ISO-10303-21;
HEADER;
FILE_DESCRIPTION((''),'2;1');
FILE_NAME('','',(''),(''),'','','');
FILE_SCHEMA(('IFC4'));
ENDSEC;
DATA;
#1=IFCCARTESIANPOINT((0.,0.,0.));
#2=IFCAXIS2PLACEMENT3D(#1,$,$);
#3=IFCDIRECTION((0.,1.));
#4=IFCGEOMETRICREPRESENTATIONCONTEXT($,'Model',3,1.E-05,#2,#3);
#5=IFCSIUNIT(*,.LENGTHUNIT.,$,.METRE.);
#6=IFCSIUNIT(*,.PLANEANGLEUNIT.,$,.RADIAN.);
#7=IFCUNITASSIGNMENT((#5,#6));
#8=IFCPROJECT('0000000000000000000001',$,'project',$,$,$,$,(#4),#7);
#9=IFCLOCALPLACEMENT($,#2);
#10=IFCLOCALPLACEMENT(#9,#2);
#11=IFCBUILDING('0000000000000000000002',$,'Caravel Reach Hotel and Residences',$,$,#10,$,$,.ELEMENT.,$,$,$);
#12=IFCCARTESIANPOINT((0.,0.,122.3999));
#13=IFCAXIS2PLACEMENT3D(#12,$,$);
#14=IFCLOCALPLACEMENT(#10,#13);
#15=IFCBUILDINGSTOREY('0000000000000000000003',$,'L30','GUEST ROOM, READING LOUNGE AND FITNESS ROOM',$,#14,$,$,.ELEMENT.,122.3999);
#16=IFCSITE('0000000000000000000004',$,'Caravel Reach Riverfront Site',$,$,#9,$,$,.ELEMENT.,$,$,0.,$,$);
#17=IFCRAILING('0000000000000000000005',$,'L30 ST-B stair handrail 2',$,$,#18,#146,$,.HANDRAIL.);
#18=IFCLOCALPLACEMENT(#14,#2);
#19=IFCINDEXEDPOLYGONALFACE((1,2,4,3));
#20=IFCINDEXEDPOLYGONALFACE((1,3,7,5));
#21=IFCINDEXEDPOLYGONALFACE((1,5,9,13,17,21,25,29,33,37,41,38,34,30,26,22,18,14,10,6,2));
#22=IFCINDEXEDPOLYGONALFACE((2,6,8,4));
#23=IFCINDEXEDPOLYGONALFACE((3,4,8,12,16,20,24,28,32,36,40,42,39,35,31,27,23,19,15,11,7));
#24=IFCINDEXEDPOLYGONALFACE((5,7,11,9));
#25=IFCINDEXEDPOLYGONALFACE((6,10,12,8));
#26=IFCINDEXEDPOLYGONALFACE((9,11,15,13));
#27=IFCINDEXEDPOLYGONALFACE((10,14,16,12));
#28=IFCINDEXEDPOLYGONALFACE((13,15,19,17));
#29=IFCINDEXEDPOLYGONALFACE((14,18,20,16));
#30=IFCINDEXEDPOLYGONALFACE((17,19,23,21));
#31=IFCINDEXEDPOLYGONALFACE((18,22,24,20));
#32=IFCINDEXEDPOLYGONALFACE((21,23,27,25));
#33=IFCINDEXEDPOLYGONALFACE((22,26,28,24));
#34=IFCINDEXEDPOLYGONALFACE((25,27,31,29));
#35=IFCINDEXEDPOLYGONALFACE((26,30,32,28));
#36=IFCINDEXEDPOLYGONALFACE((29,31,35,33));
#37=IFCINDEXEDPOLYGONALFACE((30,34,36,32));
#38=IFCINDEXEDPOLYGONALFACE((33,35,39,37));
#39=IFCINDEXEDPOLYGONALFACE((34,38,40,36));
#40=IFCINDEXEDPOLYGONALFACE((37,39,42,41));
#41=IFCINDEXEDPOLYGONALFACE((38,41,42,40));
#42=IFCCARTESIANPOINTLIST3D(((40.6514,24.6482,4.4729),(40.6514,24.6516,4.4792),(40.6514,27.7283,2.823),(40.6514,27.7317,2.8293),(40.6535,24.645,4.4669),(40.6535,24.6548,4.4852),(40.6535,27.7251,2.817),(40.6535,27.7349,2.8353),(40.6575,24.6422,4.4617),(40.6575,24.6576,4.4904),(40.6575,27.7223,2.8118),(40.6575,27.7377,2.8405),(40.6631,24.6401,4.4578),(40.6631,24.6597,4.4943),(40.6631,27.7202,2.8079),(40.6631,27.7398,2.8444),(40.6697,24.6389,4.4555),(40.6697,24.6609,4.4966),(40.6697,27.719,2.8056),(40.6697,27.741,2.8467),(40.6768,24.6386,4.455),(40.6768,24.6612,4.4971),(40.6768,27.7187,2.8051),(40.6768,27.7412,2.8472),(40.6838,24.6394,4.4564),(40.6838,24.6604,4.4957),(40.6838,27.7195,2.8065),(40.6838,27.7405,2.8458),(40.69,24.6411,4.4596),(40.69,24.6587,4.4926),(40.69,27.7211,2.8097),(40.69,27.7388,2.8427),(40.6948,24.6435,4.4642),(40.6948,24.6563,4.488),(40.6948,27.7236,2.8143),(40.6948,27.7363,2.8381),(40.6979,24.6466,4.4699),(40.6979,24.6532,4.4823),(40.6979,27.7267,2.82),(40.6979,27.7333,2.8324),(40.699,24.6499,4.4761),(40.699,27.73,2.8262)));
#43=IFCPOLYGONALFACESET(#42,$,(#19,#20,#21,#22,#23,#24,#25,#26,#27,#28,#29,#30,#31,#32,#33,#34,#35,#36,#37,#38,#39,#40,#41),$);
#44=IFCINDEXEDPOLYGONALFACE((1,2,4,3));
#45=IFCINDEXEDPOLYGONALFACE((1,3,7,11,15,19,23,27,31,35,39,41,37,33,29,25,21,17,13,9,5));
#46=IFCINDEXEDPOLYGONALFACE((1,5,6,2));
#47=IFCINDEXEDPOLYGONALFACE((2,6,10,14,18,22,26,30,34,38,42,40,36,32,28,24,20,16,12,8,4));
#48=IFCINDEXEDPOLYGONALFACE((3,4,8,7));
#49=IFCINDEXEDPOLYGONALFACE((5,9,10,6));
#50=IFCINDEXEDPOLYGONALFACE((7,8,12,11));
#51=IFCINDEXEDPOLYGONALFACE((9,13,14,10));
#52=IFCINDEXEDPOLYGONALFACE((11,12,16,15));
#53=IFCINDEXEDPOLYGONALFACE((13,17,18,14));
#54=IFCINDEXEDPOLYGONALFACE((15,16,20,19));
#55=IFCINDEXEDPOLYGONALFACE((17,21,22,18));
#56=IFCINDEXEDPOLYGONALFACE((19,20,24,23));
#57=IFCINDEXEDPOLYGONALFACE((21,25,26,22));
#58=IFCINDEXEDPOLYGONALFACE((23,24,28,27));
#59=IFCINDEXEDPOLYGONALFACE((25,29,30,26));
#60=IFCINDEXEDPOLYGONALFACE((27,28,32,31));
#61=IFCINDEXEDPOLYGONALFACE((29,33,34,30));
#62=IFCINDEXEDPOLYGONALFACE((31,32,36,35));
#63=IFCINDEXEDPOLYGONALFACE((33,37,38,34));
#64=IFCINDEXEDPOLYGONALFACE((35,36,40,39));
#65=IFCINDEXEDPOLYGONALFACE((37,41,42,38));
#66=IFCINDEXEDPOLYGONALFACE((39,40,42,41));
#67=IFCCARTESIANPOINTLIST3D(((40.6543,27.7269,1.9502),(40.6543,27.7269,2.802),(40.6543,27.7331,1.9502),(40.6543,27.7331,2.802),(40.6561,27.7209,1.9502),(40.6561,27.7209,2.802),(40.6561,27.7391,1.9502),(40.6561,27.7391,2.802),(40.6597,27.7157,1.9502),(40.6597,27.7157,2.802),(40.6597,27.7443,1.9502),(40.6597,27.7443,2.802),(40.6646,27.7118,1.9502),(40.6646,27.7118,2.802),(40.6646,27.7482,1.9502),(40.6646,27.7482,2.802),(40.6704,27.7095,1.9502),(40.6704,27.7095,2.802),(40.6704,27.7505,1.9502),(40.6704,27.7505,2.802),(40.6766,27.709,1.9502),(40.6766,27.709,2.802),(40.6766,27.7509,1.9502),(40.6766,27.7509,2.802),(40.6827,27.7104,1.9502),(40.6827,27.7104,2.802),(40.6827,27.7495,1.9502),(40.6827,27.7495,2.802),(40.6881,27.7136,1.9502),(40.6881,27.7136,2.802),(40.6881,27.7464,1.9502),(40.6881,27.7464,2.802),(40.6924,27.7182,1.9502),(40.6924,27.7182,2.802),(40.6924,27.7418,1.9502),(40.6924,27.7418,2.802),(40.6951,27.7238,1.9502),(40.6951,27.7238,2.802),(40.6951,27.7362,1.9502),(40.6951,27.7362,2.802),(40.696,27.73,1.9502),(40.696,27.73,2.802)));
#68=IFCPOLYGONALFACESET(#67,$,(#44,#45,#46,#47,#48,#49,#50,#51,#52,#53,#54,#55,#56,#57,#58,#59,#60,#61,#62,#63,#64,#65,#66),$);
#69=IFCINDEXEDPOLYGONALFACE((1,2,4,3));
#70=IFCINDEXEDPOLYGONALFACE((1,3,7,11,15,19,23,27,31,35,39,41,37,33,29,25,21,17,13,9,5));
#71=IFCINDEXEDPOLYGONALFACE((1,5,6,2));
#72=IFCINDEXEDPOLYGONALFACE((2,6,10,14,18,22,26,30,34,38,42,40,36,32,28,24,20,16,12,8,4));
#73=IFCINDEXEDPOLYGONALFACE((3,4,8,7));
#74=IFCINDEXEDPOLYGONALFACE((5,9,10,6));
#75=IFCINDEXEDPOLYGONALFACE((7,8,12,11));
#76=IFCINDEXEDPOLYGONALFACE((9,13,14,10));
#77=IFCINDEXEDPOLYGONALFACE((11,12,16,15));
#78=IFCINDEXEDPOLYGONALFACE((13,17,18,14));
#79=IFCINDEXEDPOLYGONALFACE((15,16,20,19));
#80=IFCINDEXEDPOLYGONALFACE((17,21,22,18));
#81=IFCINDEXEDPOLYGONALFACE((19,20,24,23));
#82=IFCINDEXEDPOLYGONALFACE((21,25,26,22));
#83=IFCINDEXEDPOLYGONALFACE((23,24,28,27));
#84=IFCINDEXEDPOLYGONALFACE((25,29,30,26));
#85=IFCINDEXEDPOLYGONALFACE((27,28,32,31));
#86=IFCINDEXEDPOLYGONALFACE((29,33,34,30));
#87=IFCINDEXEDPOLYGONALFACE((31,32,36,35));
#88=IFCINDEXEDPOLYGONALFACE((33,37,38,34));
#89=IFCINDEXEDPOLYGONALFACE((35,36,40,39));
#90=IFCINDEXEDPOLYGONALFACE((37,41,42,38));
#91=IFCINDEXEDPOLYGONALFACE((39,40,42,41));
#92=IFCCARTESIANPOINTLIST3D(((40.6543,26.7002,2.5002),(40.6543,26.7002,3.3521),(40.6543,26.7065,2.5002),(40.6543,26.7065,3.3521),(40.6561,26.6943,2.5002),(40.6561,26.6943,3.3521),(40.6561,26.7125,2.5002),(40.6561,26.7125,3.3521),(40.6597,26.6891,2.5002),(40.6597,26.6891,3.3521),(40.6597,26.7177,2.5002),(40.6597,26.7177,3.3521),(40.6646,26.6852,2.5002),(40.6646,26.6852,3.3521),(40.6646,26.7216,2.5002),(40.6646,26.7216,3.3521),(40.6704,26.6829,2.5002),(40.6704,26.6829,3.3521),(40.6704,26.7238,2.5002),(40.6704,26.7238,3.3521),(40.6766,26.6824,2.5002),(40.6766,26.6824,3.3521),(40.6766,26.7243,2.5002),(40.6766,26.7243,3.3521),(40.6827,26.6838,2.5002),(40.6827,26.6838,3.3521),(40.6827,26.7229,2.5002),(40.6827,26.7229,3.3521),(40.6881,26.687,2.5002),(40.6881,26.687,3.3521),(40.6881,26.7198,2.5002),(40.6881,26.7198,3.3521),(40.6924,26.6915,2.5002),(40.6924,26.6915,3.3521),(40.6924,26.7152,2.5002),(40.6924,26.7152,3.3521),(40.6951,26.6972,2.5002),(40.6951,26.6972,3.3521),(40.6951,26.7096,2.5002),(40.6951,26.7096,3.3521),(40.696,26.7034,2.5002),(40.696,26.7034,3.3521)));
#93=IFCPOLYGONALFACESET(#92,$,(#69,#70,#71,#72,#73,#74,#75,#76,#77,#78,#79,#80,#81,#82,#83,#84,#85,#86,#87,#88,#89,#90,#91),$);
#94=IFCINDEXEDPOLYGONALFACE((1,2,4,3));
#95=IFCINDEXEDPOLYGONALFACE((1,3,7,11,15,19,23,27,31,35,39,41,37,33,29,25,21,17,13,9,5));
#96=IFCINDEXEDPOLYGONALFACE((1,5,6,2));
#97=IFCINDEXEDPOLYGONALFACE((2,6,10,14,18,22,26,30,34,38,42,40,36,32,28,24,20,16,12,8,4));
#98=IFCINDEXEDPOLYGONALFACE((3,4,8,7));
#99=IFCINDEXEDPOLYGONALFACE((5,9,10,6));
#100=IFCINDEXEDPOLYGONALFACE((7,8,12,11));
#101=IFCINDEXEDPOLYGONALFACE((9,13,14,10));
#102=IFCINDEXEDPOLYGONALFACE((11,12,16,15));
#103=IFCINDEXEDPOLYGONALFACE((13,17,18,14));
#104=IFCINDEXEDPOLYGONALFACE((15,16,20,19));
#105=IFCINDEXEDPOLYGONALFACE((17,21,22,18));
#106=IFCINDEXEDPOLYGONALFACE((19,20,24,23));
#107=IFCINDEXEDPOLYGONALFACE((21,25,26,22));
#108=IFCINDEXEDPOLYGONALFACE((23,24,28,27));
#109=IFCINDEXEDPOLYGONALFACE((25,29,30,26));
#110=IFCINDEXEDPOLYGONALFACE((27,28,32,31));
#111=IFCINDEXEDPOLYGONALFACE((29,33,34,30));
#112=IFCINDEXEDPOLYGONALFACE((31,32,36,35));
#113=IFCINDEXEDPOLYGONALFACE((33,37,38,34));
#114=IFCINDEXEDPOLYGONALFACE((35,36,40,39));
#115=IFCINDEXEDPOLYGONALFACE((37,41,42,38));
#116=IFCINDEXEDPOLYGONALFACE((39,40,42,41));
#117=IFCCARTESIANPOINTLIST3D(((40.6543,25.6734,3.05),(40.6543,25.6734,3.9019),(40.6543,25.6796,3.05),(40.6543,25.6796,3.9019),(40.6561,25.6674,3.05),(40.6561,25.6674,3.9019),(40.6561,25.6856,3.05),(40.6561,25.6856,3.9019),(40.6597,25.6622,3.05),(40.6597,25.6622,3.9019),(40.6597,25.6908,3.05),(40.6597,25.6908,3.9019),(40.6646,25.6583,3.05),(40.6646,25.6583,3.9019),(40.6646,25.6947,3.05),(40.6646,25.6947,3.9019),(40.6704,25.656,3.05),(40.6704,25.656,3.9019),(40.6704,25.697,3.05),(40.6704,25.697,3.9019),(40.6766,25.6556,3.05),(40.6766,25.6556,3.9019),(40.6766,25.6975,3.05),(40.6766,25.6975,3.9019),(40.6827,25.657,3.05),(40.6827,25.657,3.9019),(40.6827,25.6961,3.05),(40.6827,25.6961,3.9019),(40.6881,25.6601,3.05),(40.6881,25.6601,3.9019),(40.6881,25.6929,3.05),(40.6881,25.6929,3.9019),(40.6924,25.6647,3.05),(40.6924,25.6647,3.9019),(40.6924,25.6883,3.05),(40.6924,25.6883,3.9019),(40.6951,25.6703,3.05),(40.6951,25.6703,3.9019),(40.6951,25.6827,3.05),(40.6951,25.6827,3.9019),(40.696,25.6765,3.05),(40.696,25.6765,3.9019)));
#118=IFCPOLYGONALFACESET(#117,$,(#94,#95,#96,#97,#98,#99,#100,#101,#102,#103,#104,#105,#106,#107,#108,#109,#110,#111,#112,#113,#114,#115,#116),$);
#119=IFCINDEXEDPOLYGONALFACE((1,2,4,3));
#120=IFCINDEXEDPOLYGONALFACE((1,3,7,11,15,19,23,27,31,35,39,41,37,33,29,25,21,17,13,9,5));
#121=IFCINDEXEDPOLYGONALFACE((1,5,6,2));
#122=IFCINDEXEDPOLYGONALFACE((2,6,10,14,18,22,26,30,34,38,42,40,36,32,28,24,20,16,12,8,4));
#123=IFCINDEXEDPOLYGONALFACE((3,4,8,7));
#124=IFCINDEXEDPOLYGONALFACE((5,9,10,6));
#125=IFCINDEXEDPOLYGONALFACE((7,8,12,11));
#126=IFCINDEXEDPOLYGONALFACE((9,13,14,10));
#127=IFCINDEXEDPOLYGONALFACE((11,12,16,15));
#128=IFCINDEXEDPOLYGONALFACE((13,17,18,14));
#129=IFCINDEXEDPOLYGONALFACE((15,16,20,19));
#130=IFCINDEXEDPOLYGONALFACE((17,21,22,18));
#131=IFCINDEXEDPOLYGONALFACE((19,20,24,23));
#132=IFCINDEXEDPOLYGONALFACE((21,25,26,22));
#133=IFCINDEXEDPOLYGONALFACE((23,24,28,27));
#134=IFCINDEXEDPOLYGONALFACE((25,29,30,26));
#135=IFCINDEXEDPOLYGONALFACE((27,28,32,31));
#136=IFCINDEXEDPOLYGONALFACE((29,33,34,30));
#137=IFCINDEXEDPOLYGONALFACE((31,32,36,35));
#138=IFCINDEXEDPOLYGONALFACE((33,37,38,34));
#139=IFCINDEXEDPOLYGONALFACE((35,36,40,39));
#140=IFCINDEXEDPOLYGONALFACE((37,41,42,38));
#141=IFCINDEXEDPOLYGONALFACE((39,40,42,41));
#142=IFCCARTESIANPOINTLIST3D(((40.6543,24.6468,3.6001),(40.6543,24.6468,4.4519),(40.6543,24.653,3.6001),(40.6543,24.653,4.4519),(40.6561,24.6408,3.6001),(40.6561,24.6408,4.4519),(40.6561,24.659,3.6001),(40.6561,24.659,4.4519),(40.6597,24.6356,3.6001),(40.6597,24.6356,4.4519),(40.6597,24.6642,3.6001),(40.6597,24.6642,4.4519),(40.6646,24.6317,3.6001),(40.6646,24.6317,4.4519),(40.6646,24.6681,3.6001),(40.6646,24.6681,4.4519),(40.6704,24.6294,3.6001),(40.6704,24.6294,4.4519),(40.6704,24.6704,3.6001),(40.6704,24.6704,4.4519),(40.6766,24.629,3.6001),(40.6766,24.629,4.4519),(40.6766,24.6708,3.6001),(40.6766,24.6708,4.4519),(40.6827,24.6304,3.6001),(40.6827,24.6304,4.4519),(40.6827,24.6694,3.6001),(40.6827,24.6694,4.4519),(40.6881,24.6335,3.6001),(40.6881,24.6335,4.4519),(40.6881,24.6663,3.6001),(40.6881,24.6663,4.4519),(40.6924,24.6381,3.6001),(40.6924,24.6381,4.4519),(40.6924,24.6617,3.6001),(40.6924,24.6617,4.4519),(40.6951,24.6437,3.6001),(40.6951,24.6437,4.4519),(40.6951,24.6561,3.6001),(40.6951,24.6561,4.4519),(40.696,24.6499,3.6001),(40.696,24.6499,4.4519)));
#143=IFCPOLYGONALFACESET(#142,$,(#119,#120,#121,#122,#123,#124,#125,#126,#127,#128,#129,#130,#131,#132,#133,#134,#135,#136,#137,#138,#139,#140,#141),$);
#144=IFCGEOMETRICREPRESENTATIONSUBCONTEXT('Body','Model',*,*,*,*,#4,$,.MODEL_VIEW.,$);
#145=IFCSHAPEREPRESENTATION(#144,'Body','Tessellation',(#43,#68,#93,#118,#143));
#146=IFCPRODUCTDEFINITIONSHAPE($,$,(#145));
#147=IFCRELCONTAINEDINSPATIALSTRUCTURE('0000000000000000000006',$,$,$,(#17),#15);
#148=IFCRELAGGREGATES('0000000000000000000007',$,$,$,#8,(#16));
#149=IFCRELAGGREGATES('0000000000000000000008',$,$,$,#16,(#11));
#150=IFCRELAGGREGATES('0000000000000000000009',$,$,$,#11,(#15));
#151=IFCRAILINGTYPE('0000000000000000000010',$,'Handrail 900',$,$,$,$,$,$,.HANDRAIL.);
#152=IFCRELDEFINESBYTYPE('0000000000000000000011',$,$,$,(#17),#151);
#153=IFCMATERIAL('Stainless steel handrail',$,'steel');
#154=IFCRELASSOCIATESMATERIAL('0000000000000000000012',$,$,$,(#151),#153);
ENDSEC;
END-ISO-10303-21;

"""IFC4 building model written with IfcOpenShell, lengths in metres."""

from ifc_helpers import new_model, si_unit, direction, frame, origin, origin_2d, place, context, subcontext, project, spatial, circle, extrude, material, type_object, element, save


model = new_model("IFC4")

# Units and contexts
model_context = context("Model", 3, precision=1e-05, world=origin(), true_north=direction((0.0, 1.0)))
body_context = subcontext(model_context, "Body", "Model", "MODEL_VIEW")
ifc_project = project(units=[si_unit("LENGTHUNIT", "METRE"), si_unit("PLANEANGLEUNIT", "RADIAN")], contexts=[model_context])

# Site, building, storey
site_placement = place(None, origin())
site = spatial("IfcSite", under=ifc_project, at=site_placement, Name="Caravel Reach Riverfront Site", CompositionType="ELEMENT", RefElevation=0.0)
building_placement = place(site_placement, origin())
building = spatial("IfcBuilding", under=site, at=building_placement, Name="Caravel Reach Hotel and Residences", CompositionType="ELEMENT")
storey_placement = place(building_placement, frame((0.0, 0.0, 122.3999)))
storey = spatial("IfcBuildingStorey", under=building, at=storey_placement, Name="L30", Description="GUEST ROOM, READING LOUNGE AND FITNESS ROOM", CompositionType="ELEMENT", Elevation=122.3999)

# Railing
ifc_material_1 = material(Name="Stainless steel handrail", Category="steel")
railing_type_1 = type_object("IfcRailingType", Name="Handrail 900", PredefinedType="HANDRAIL", material=ifc_material_1)
railing_1_placement = place(storey_placement, frame((40.675, 27.73, 1.9502)))
element("IfcRailing", 1, at=railing_1_placement, inside=storey, type_object=railing_type_1, Name="L30 ST-B stair handrail 2", PredefinedType="HANDRAIL", context=body_context, shape_type="SweptSolid", body=[
    extrude(circle(Radius=0.0239, at=origin_2d()), frame((0.0, 0.0, 0.876), z_axis=(0.0, -0.881497, 0.47219), x_axis=(1.0, 0.0, 0.0)), (0.0, 0.0, 1.0), 3.4941),
    extrude(circle(Radius=0.021, at=origin_2d()), origin(), (0.0, 0.0, 1.0), 0.8518),
    extrude(circle(Radius=0.021, at=origin_2d()), frame((0.0, -1.0266, 0.55)), (0.0, 0.0, 1.0), 0.8518),
    extrude(circle(Radius=0.021, at=origin_2d()), frame((0.0, -2.0535, 1.0999)), (0.0, 0.0, 1.0), 0.8518),
    extrude(circle(Radius=0.021, at=origin_2d()), frame((0.0, -3.0801, 1.6499)), (0.0, 0.0, 1.0), 0.8518),
])

save(model, "model.ifc")
